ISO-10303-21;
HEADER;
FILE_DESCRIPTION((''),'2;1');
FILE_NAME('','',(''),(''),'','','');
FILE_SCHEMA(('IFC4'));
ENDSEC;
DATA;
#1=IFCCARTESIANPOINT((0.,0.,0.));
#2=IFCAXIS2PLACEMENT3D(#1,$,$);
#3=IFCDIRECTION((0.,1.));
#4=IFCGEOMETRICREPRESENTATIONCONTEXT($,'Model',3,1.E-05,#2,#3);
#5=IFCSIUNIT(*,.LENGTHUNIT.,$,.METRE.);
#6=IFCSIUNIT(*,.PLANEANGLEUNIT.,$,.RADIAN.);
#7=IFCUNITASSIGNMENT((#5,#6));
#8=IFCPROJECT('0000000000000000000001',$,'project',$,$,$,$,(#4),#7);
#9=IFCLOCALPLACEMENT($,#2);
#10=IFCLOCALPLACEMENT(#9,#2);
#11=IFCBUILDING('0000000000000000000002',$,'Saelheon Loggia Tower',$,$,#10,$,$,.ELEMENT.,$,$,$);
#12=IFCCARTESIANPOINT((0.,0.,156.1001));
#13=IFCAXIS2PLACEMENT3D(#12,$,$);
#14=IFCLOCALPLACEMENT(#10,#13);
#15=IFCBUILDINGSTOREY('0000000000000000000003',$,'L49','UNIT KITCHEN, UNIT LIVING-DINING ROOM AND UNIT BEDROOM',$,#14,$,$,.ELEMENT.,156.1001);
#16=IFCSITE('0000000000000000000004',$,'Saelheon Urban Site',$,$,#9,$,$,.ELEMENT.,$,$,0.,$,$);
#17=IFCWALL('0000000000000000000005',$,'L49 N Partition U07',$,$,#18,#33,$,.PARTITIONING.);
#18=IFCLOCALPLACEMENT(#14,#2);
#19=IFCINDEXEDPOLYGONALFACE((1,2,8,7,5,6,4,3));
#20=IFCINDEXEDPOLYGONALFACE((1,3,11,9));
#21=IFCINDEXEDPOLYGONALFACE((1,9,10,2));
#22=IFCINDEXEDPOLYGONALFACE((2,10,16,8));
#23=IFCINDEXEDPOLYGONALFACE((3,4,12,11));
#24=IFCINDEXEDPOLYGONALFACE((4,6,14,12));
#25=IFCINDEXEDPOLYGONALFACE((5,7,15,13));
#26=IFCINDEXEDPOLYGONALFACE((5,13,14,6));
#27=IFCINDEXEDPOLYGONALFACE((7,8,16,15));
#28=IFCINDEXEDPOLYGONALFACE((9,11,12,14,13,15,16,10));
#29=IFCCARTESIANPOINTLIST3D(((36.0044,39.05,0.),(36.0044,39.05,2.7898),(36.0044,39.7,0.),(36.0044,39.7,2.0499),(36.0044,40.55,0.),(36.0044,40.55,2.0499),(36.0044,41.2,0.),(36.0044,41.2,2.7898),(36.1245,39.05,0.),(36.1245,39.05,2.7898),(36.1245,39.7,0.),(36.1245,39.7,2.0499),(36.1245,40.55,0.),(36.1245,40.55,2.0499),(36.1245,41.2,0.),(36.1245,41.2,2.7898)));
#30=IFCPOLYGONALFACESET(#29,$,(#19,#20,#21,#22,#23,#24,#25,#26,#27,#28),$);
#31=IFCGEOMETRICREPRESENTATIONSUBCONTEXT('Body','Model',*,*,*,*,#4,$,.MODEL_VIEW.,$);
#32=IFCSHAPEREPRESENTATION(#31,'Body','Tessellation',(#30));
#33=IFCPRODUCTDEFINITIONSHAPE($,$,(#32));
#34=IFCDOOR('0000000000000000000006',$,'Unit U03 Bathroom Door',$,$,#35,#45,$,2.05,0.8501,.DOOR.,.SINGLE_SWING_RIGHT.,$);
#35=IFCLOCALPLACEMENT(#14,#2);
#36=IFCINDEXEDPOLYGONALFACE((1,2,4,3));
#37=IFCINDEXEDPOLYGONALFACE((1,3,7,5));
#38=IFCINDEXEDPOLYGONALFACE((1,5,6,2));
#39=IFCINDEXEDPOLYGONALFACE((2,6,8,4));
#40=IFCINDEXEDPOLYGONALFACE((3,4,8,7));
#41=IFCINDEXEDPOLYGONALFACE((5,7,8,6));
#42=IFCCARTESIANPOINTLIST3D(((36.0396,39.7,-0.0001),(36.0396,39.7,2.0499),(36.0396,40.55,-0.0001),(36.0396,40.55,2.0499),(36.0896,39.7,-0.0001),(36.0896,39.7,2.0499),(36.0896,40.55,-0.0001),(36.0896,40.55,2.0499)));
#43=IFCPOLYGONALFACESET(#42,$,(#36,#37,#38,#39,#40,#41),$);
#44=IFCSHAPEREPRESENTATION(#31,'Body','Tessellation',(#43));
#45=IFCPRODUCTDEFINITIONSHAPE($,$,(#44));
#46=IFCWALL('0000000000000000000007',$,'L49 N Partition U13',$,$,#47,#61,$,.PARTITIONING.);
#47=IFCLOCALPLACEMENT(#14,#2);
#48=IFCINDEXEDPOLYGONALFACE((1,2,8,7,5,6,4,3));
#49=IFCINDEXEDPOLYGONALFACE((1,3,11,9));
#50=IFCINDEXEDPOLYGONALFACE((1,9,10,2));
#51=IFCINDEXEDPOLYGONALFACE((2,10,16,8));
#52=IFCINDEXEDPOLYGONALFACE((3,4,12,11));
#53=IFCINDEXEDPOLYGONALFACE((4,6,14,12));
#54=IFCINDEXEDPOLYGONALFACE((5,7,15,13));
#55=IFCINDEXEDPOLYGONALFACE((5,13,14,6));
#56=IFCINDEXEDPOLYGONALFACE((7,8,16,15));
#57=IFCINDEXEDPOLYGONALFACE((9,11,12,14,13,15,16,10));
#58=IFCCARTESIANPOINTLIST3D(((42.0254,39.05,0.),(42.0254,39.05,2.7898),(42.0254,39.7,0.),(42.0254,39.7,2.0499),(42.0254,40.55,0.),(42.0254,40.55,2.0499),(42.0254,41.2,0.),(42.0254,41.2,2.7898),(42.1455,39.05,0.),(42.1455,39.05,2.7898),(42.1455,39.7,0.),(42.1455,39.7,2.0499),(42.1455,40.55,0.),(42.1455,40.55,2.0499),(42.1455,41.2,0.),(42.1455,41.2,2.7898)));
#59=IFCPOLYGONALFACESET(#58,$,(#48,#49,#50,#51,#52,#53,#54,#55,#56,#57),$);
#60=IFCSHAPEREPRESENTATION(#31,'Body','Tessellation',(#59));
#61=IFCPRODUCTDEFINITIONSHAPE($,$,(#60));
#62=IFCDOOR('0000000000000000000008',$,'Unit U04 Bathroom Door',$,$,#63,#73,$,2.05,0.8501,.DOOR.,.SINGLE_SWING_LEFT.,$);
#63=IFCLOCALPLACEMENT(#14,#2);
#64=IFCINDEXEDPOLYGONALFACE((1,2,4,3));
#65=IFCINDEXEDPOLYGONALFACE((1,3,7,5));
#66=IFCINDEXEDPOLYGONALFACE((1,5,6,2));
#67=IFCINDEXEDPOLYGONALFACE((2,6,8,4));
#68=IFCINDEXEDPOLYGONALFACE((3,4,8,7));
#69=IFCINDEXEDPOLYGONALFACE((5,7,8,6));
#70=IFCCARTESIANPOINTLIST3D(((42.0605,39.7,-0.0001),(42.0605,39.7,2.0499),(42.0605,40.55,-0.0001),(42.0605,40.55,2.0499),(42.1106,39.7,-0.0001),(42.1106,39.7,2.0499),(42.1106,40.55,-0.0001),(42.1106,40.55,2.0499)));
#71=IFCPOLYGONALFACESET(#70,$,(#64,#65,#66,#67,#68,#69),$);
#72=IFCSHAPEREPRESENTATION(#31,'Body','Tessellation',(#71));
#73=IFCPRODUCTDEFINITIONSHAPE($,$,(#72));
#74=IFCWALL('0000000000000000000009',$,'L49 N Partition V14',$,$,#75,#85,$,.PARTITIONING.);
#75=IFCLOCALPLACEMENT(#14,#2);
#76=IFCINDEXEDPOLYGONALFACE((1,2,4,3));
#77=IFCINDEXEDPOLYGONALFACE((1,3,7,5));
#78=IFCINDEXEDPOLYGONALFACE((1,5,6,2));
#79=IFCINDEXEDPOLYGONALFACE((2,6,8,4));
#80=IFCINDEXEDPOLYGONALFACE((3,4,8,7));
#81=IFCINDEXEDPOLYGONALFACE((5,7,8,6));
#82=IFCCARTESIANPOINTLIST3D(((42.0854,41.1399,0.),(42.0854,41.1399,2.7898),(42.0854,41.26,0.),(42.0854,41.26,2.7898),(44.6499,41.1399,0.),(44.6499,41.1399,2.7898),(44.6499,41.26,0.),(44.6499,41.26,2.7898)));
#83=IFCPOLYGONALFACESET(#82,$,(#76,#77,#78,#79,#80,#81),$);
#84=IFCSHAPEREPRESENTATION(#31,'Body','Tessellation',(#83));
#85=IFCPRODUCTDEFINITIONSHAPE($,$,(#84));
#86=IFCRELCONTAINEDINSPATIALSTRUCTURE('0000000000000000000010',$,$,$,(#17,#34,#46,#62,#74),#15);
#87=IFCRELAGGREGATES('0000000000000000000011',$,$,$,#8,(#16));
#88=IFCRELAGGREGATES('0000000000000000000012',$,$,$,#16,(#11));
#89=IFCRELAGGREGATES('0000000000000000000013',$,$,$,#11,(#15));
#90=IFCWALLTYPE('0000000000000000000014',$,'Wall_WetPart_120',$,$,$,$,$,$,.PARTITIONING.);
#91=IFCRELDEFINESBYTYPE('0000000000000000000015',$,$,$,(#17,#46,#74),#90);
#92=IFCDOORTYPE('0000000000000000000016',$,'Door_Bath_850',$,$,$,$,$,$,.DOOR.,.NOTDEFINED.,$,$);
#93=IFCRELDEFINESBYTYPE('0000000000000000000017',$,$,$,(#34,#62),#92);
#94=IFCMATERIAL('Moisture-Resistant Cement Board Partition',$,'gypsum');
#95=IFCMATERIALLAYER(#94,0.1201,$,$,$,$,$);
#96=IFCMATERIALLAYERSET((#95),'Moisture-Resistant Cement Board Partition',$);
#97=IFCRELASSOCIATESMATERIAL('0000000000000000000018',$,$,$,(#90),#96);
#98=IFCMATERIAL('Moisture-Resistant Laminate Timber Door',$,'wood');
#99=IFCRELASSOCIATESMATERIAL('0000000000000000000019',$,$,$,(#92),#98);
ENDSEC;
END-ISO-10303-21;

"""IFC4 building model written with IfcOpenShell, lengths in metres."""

from ifc_helpers import new_model, si_unit, direction, frame, frame_2d, origin, place, context, subcontext, project, spatial, rectangle, extrude, source, transform, mapped, material, layer, layer_set, type_object, element, fill, save


model = new_model("IFC4")

# Units and contexts
model_context = context("Model", 3, precision=1e-05, world=origin(), true_north=direction((0.0, 1.0)))
body_context = subcontext(model_context, "Body", "Model", "MODEL_VIEW")
ifc_project = project(units=[si_unit("LENGTHUNIT", "METRE"), si_unit("PLANEANGLEUNIT", "RADIAN")], contexts=[model_context])

# Site, building, storey
site_placement = place(None, origin())
site = spatial("IfcSite", under=ifc_project, at=site_placement, Name="Saelheon Urban Site", CompositionType="ELEMENT", RefElevation=0.0)
building_placement = place(site_placement, origin())
building = spatial("IfcBuilding", under=site, at=building_placement, Name="Saelheon Loggia Tower", CompositionType="ELEMENT")
storey_placement = place(building_placement, frame((0.0, 0.0, 156.1001)))
storey = spatial("IfcBuildingStorey", under=building, at=storey_placement, Name="L49", Description="UNIT KITCHEN, UNIT LIVING-DINING ROOM AND UNIT BEDROOM", CompositionType="ELEMENT", Elevation=156.1001)

# Walls, openings, doors
ifc_material_1 = material(Name="Moisture-Resistant Cement Board Partition", Category="gypsum")
ifc_layer_1 = layer(ifc_material_1, 0.1201)
ifc_layer_set_1 = layer_set([ifc_layer_1], Name="Moisture-Resistant Cement Board Partition")
wall_type_1 = type_object("IfcWallType", Name="Wall_WetPart_120", PredefinedType="PARTITIONING", material=ifc_layer_set_1)
wall_1_placement = place(storey_placement, frame((36.0645, 39.05, 0.0), z_axis=(0.0, 0.0, 1.0), x_axis=(0.0, 1.0, 0.0)))
wall_1 = element("IfcWall", 1, at=wall_1_placement, inside=storey, type_object=wall_type_1, Name="L49 N Partition U07", PredefinedType="PARTITIONING", context=body_context, shape_type="SweptSolid", body=[
    extrude(rectangle(XDim=2.1499, YDim=0.1201, at=frame_2d((1.075, 0.0))), origin(), (0.0, 0.0, 1.0), 2.7898),
])
opening_1_placement = place(wall_1_placement, frame((0.6499, 0.0, 0.0)))
opening_1 = element("IfcOpeningElement", 2, at=opening_1_placement, cuts=wall_1, PredefinedType="OPENING", context=body_context, shape_type="SweptSolid", body=[
    extrude(rectangle(XDim=0.8501, YDim=2.05, at=frame_2d((0.425, 1.0249))), frame((0.0, 0.072, 0.0), z_axis=(0.0, -1.0, 0.0), x_axis=(1.0, 0.0, 0.0)), (0.0, 0.0, 1.0), 0.144),
])
ifc_material_2 = material(Name="Moisture-Resistant Laminate Timber Door", Category="wood")
door_type_1 = type_object("IfcDoorType", Name="Door_Bath_850", OperationType="NOTDEFINED", PredefinedType="DOOR", material=ifc_material_2)
shared_shape_1 = source(origin(), body_context, "Body", "SweptSolid", [
    extrude(rectangle(XDim=0.8501, YDim=2.05, at=frame_2d((0.425, 1.0249))), frame((0.0, 0.0249, 0.0), z_axis=(0.0, -1.0, 0.0), x_axis=(1.0, 0.0, 0.0)), (0.0, 0.0, 1.0), 0.05),
])
door_1_placement = place(opening_1_placement, origin())
door_1 = element("IfcDoor", 3, at=door_1_placement, inside=storey, type_object=door_type_1, Name="Unit U03 Bathroom Door", OperationType="SINGLE_SWING_RIGHT", OverallHeight=2.05, OverallWidth=0.8501, PredefinedType="DOOR", context=body_context, shape_type="MappedRepresentation", body=[
    mapped(shared_shape_1, transform((0.0, 0.0, 0.0), scale=1.0)),
])
fill(opening_1, door_1)
wall_2_placement = place(storey_placement, frame((42.0854, 39.05, 0.0), z_axis=(0.0, 0.0, 1.0), x_axis=(0.0, 1.0, 0.0)))
wall_2 = element("IfcWall", 4, at=wall_2_placement, inside=storey, type_object=wall_type_1, Name="L49 N Partition U13", PredefinedType="PARTITIONING", context=body_context, shape_type="SweptSolid", body=[
    extrude(rectangle(XDim=2.1499, YDim=0.1201, at=frame_2d((1.075, 0.0))), origin(), (0.0, 0.0, 1.0), 2.7898),
])
opening_2_placement = place(wall_2_placement, frame((0.6499, 0.0, 0.0)))
opening_2 = element("IfcOpeningElement", 5, at=opening_2_placement, cuts=wall_2, PredefinedType="OPENING", context=body_context, shape_type="SweptSolid", body=[
    extrude(rectangle(XDim=0.8501, YDim=2.05, at=frame_2d((0.425, 1.0249))), frame((0.0, 0.072, 0.0), z_axis=(0.0, -1.0, 0.0), x_axis=(1.0, 0.0, 0.0)), (0.0, 0.0, 1.0), 0.144),
])
door_2_placement = place(opening_2_placement, origin())
door_2 = element("IfcDoor", 6, at=door_2_placement, inside=storey, type_object=door_type_1, Name="Unit U04 Bathroom Door", OperationType="SINGLE_SWING_LEFT", OverallHeight=2.05, OverallWidth=0.8501, PredefinedType="DOOR", context=body_context, shape_type="MappedRepresentation", body=[
    mapped(shared_shape_1, transform((0.0, 0.0, 0.0), scale=1.0)),
])
fill(opening_2, door_2)

# Wall
wall_3_placement = place(storey_placement, frame((42.0854, 41.2, 0.0), z_axis=(0.0, 0.0, 1.0), x_axis=(1.0, 0.0, 0.0)))
element("IfcWall", 7, at=wall_3_placement, inside=storey, type_object=wall_type_1, Name="L49 N Partition V14", PredefinedType="PARTITIONING", context=body_context, shape_type="SweptSolid", body=[
    extrude(rectangle(XDim=2.5645, YDim=0.1201, at=frame_2d((1.2822, 0.0))), origin(), (0.0, 0.0, 1.0), 2.7898),
])

save(model, "model.ifc")
